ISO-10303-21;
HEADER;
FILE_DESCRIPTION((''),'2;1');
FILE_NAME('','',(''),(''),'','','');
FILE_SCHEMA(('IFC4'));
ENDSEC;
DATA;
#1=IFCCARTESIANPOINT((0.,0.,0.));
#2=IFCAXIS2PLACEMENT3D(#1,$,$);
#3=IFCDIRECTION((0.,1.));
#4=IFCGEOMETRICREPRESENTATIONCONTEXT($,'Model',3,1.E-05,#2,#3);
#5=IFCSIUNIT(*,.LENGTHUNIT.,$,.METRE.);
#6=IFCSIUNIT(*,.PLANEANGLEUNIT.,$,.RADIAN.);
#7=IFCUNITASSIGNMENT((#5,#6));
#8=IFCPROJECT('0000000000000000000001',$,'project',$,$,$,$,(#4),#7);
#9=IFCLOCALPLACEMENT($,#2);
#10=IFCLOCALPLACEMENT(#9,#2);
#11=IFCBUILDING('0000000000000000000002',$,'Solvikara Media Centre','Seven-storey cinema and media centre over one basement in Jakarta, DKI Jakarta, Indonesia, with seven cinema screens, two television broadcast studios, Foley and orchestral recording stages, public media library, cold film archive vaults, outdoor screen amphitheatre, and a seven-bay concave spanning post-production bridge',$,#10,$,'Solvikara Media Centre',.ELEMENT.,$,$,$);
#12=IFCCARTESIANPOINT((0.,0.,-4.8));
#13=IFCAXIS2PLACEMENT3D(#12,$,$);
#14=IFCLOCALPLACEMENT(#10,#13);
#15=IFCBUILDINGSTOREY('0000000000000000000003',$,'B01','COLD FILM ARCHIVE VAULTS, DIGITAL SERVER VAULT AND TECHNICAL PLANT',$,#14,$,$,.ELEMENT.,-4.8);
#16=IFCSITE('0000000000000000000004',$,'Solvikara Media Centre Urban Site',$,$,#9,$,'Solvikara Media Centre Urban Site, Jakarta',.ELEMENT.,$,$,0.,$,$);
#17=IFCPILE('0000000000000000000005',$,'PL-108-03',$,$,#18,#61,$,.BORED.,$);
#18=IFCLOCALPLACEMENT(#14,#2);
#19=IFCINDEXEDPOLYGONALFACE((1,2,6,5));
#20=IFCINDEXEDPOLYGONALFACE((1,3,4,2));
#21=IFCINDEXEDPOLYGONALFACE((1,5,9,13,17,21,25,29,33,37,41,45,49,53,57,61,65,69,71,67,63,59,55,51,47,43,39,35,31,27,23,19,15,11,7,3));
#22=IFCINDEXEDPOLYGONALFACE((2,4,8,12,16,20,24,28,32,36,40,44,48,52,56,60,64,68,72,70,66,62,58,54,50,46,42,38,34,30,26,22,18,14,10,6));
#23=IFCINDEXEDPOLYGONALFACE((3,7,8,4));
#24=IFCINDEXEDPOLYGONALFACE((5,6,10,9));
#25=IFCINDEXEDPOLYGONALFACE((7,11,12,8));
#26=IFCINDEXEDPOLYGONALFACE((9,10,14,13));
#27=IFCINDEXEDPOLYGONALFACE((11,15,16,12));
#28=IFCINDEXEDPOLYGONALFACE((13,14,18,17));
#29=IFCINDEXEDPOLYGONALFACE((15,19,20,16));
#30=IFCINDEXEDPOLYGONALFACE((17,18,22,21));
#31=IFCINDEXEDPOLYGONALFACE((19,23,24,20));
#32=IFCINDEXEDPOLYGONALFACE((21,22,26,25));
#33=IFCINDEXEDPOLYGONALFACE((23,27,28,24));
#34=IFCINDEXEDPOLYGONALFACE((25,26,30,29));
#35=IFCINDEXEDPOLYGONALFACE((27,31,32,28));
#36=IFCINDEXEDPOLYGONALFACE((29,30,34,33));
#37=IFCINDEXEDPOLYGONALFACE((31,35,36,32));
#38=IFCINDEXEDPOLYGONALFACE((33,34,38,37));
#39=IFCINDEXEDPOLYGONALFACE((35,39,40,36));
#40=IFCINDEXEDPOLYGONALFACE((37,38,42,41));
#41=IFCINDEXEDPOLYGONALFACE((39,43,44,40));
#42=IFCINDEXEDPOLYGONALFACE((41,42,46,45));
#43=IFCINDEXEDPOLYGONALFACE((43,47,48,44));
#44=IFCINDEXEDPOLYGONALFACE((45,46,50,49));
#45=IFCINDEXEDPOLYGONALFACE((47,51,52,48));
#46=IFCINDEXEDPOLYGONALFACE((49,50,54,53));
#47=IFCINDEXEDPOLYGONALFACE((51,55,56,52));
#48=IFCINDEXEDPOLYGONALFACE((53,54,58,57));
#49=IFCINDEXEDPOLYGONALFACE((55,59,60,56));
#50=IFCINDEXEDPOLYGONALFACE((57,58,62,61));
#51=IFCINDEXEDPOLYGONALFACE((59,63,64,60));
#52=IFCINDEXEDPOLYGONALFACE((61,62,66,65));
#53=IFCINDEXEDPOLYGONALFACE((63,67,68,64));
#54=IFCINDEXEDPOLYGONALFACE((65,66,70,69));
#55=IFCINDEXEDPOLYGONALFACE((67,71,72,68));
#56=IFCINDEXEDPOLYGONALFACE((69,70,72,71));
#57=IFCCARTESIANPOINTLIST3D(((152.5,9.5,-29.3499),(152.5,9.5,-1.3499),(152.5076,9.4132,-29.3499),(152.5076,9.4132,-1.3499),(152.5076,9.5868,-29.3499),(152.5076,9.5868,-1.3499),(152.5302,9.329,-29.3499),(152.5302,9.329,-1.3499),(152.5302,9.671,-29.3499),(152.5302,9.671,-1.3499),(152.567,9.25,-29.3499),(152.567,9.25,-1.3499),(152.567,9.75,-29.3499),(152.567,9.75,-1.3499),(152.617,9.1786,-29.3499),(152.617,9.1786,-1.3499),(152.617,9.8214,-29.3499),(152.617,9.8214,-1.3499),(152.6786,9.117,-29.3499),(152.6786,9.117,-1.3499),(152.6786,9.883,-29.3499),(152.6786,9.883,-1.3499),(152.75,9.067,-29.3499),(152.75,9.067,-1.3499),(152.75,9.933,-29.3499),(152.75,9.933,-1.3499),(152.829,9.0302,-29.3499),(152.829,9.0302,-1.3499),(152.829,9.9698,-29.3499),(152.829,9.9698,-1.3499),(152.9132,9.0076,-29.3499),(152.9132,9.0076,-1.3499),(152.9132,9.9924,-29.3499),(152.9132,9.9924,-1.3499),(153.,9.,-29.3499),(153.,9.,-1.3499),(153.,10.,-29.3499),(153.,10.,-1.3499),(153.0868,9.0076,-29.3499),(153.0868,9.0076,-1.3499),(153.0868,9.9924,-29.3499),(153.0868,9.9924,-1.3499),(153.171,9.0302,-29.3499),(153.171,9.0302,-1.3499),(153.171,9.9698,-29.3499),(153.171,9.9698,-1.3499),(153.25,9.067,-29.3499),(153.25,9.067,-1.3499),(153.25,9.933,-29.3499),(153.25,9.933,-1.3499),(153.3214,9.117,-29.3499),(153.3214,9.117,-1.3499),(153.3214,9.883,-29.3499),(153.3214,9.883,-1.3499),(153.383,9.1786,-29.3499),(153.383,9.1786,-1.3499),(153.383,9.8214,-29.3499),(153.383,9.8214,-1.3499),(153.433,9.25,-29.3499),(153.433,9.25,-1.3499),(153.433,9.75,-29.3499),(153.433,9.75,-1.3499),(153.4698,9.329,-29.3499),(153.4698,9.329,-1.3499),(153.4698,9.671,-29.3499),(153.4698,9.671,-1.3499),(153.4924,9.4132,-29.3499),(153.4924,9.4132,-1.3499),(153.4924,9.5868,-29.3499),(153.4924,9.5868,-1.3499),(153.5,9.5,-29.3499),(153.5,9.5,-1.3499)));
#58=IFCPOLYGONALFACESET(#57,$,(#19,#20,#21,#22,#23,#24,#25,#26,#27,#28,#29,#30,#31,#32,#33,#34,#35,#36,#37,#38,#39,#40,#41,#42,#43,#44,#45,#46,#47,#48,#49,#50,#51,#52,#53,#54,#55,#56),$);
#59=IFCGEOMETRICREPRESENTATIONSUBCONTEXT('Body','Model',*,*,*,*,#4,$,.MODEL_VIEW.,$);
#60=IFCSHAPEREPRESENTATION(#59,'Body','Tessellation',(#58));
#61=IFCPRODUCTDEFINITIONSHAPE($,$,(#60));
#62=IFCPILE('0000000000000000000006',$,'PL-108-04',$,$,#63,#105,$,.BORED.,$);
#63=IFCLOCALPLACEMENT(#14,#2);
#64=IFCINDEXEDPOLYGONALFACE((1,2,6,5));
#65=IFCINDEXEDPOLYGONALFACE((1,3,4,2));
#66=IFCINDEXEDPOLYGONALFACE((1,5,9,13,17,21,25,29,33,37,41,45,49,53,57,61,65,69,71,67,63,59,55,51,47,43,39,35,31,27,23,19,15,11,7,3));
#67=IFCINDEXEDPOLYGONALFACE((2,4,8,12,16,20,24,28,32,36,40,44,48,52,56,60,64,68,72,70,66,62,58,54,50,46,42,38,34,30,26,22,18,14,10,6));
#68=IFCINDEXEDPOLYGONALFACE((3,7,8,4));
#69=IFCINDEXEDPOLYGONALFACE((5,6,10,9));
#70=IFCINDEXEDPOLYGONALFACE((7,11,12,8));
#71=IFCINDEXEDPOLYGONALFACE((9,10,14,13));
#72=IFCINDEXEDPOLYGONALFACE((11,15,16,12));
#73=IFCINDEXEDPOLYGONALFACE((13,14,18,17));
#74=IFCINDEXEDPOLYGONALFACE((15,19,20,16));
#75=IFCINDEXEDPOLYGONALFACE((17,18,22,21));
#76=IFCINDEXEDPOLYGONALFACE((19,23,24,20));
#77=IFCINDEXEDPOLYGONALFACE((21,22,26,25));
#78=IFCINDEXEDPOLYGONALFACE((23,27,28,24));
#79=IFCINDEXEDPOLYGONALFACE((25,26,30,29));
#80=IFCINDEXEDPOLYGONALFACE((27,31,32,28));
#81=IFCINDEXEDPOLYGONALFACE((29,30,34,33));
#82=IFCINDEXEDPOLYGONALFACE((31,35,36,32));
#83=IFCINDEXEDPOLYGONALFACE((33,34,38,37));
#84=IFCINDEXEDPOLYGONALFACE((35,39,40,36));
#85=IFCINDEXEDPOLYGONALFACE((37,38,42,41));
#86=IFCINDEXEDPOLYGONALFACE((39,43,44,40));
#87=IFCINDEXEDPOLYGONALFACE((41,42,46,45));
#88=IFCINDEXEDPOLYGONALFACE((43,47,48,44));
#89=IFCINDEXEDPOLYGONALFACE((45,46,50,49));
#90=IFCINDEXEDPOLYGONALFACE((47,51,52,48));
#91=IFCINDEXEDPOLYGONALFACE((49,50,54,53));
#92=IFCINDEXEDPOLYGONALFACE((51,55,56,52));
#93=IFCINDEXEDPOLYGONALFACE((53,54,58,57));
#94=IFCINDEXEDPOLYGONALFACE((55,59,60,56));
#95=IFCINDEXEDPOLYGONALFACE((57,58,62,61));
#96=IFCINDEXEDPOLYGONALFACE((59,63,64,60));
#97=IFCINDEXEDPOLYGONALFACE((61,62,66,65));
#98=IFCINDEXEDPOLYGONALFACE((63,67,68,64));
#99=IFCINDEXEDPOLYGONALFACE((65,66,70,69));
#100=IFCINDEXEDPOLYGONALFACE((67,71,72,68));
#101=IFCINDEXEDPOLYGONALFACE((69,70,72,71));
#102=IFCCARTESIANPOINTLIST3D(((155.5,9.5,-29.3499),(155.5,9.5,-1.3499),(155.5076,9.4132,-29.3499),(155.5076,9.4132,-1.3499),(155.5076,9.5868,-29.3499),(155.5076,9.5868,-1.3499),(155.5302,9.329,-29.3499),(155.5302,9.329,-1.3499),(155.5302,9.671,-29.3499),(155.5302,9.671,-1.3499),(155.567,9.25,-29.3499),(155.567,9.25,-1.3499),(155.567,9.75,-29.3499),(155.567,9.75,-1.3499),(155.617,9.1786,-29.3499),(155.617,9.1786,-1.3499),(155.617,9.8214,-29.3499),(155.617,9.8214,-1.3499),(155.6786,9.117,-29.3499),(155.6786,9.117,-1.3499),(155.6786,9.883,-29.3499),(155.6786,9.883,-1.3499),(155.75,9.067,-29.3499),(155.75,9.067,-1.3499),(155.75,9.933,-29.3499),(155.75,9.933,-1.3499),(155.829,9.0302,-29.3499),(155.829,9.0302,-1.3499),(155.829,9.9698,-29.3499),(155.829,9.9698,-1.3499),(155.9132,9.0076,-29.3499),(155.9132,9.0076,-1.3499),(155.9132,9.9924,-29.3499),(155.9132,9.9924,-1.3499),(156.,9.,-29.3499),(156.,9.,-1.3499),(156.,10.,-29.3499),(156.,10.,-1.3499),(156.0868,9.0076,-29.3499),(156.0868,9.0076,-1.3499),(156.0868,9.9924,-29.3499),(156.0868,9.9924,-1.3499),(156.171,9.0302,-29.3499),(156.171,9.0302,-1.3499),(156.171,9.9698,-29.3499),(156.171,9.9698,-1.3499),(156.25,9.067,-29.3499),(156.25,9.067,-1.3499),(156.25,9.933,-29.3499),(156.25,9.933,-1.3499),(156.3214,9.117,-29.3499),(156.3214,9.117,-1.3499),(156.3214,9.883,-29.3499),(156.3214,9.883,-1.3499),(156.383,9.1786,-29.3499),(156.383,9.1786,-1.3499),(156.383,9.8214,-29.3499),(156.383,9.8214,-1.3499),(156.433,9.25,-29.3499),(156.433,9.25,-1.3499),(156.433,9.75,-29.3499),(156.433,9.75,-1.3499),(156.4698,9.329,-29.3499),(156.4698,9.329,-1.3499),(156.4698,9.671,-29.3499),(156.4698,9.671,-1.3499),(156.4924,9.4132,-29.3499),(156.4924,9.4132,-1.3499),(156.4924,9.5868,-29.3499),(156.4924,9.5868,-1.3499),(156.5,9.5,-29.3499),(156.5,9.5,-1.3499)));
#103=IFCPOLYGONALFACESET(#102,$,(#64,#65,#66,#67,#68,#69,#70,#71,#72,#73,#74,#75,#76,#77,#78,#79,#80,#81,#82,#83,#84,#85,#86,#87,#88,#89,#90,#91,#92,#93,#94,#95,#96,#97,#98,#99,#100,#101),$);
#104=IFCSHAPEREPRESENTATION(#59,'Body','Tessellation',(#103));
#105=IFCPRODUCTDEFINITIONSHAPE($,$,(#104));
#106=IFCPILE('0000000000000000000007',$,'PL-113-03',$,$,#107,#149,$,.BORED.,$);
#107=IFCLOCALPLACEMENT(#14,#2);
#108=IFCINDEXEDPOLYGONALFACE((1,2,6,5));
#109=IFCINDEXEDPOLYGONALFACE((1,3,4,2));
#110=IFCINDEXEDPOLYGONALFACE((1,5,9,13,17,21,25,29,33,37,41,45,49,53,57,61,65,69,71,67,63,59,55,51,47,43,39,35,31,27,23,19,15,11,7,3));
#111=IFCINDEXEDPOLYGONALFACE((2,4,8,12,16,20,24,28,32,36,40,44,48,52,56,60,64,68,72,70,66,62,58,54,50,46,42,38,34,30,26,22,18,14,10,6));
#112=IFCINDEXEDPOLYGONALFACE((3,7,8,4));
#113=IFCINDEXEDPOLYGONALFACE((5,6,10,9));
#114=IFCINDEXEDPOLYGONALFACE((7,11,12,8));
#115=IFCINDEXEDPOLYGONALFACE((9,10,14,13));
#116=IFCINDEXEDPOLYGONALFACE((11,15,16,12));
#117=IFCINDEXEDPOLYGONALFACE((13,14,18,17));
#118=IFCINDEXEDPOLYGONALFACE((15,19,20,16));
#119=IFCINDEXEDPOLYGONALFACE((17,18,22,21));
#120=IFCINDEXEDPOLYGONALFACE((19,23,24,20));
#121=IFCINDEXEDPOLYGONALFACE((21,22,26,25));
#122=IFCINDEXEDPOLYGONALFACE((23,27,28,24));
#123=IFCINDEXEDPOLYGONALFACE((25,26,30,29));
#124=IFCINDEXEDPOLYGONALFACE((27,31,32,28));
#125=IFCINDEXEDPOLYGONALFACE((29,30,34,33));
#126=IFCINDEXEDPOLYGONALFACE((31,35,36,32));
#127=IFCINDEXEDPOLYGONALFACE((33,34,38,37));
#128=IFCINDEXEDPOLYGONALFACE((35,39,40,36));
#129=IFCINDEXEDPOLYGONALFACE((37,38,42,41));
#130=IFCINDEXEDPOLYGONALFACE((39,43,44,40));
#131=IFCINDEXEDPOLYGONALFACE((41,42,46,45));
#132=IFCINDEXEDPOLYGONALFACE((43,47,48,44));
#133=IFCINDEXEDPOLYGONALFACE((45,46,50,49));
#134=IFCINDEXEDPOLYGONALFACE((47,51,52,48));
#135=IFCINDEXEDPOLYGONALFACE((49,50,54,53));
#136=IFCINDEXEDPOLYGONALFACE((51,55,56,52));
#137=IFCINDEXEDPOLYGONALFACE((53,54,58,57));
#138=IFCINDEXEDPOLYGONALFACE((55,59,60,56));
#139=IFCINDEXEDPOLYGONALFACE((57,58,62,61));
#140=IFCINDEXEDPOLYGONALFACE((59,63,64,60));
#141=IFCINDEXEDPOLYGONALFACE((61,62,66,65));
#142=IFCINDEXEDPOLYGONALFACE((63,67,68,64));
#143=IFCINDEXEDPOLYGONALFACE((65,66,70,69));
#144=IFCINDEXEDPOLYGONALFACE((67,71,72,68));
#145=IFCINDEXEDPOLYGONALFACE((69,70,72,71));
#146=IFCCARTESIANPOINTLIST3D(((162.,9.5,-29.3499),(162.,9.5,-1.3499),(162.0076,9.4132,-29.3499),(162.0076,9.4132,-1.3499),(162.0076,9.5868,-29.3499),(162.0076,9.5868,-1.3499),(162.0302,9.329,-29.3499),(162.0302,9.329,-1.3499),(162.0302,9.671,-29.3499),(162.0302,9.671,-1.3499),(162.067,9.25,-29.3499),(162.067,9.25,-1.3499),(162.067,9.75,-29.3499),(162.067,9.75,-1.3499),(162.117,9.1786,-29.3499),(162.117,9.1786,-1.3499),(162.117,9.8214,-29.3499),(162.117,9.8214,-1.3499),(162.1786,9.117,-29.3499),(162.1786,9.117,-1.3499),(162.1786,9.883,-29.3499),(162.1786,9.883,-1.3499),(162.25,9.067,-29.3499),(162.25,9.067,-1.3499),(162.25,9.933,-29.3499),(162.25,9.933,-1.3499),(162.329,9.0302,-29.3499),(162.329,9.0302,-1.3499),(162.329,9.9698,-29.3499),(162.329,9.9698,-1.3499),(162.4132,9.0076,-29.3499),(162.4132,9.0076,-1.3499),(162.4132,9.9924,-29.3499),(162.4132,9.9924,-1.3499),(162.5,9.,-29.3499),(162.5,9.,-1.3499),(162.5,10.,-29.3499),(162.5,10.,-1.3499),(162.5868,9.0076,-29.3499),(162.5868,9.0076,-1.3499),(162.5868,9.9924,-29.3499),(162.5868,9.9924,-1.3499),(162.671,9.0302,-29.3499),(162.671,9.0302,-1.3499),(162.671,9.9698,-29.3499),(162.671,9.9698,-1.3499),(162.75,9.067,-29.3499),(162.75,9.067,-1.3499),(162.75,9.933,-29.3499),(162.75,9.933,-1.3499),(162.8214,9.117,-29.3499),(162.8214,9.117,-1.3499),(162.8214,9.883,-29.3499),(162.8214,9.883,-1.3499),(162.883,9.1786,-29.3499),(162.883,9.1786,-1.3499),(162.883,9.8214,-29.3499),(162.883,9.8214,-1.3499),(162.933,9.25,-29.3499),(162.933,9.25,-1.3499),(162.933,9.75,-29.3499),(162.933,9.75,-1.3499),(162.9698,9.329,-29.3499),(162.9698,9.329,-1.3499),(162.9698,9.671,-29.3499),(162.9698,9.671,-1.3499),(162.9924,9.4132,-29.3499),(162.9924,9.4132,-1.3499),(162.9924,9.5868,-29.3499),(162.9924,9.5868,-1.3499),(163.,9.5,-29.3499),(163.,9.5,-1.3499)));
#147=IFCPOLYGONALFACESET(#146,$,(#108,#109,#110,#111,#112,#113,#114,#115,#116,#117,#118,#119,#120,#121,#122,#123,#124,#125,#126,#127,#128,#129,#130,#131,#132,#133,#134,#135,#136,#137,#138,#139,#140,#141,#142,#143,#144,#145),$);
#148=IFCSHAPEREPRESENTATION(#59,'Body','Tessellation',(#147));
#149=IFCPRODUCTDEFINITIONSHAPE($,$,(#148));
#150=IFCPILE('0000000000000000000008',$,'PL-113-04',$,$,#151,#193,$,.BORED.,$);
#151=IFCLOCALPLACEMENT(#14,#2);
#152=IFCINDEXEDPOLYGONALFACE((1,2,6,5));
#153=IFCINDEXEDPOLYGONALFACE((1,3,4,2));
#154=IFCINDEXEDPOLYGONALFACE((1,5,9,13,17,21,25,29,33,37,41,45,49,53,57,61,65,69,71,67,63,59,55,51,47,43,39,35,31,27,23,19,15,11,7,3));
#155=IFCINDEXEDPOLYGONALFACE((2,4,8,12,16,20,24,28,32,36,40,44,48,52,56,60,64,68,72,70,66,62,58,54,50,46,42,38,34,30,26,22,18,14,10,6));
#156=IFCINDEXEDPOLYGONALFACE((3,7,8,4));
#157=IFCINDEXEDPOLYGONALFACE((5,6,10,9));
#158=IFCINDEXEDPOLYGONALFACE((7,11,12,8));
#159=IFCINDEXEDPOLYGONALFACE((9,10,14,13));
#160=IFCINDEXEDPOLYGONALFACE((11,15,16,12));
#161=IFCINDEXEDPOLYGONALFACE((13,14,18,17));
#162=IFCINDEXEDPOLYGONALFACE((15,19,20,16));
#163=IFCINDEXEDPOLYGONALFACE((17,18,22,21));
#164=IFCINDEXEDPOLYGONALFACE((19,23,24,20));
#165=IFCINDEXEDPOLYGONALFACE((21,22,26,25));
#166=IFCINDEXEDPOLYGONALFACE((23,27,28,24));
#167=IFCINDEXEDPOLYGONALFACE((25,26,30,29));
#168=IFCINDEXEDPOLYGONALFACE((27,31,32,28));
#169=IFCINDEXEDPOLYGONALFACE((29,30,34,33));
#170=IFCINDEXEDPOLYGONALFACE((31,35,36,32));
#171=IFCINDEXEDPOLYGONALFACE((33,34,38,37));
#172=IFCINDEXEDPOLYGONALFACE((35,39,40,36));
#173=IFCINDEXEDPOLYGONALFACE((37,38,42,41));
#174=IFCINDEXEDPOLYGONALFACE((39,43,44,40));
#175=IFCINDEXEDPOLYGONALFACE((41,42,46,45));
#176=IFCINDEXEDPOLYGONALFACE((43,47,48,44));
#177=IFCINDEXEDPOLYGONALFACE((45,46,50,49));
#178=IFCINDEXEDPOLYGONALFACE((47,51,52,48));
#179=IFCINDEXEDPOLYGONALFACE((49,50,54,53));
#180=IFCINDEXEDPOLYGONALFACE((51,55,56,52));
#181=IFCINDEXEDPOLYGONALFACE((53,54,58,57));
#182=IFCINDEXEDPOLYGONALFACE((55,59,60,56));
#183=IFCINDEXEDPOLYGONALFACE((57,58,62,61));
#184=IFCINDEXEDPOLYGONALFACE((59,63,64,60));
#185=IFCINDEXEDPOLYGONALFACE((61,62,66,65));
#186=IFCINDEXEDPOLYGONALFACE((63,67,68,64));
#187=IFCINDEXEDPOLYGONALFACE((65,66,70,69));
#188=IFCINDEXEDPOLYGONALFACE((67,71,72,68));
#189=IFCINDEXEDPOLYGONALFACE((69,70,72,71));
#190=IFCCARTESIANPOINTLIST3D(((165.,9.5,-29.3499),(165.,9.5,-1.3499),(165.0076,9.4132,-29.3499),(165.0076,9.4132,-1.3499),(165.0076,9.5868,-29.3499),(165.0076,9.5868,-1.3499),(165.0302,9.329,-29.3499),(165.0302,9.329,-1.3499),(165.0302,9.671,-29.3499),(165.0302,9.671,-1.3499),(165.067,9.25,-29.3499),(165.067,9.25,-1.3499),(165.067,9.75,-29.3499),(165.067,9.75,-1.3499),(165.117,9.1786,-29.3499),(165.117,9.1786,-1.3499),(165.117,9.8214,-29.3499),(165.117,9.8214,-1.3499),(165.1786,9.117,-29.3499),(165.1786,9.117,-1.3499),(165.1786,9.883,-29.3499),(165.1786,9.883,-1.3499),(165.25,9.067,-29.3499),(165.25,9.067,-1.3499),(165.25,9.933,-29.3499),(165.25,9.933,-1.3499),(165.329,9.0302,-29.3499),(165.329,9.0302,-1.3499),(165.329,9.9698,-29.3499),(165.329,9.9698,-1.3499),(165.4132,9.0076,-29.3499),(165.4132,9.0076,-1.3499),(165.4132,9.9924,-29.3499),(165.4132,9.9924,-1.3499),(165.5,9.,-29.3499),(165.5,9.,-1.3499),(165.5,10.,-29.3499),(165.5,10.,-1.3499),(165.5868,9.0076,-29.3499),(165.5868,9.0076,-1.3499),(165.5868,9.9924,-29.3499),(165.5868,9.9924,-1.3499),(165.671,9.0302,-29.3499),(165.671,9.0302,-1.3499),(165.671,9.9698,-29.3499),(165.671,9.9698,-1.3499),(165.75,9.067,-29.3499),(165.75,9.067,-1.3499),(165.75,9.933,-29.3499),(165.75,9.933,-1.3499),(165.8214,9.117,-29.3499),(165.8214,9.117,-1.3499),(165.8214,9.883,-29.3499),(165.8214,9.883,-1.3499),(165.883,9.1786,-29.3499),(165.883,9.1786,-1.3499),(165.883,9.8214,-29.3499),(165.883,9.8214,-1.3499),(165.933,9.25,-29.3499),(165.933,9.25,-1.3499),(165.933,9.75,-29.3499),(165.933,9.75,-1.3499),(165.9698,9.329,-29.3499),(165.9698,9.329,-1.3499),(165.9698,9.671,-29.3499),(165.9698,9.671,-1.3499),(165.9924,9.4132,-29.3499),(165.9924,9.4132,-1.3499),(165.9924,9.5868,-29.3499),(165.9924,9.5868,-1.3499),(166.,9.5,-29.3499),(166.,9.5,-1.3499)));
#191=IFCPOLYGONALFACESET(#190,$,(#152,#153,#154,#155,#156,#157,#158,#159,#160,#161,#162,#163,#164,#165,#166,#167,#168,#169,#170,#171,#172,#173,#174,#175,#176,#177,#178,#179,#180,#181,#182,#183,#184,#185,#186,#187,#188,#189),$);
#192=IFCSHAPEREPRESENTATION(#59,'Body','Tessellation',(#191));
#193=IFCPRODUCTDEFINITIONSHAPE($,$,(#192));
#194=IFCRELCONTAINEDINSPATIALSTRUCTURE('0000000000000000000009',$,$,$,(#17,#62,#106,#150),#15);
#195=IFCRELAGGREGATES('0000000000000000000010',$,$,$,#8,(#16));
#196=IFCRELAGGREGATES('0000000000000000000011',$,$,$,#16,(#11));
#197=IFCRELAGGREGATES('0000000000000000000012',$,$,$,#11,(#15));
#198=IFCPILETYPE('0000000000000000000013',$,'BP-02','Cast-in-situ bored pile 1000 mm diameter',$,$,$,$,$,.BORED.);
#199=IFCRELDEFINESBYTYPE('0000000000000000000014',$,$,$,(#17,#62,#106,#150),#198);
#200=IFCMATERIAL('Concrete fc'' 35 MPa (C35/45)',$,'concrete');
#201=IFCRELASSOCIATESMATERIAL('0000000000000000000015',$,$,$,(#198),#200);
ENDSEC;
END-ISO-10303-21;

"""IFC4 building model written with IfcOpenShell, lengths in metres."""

from ifc_helpers import new_model, si_unit, direction, frame, origin, origin_2d, place, context, subcontext, project, spatial, circle, extrude, material, material_profile, profile_set, type_object, element, save


model = new_model("IFC4")

# Units and contexts
model_context = context("Model", 3, precision=1e-05, world=origin(), true_north=direction((0.0, 1.0)))
body_context = subcontext(model_context, "Body", "Model", "MODEL_VIEW")
ifc_project = project(units=[si_unit("LENGTHUNIT", "METRE"), si_unit("PLANEANGLEUNIT", "RADIAN")], contexts=[model_context])

# Site, building, storey
site_placement = place(None, origin())
site = spatial("IfcSite", under=ifc_project, at=site_placement, Name="Solvikara Media Centre Urban Site", LongName="Solvikara Media Centre Urban Site, Jakarta", CompositionType="ELEMENT", RefElevation=0.0)
building_placement = place(site_placement, origin())
building = spatial("IfcBuilding", under=site, at=building_placement, Name="Solvikara Media Centre", Description="Seven-storey cinema and media centre over one basement in Jakarta, DKI Jakarta, Indonesia, with seven cinema screens, two television broadcast studios, Foley and orchestral recording stages, public media library, cold film archive vaults, outdoor screen amphitheatre, and a seven-bay concave spanning post-production bridge", LongName="Solvikara Media Centre", CompositionType="ELEMENT")
storey_placement = place(building_placement, frame((0.0, 0.0, -4.8)))
storey = spatial("IfcBuildingStorey", under=building, at=storey_placement, Name="B01", Description="COLD FILM ARCHIVE VAULTS, DIGITAL SERVER VAULT AND TECHNICAL PLANT", CompositionType="ELEMENT", Elevation=-4.8)

# Piles
ifc_material_1 = material(Name="Concrete fc' 35 MPa (C35/45)", Category="concrete")
ifc_material_profile_1 = material_profile(ifc_material_1, circle(Radius=0.5, at=origin_2d()), Name="BORED PILE D1000")
ifc_profile_set_1 = profile_set([ifc_material_profile_1], Name="Concrete fc' 35 MPa (C35/45)")
pile_type_1 = type_object("IfcPileType", Name="BP-02", Description="Cast-in-situ bored pile 1000 mm diameter", PredefinedType="BORED", material=ifc_profile_set_1)
for number, where, z_axis, x_axis, name in (
    (1, (153.0, 9.5, -1.3499), (0.0, 0.0, -1.0), (1.0, 0.0, 0.0), "PL-108-03"),
    (2, (156.0, 9.5, -1.3499), (0.0, 0.0, -1.0), (1.0, 0.0, 0.0), "PL-108-04"),
    (3, (162.5, 9.5, -1.3499), (0.0, 0.0, -1.0), (1.0, 0.0, 0.0), "PL-113-03"),
    (4, (165.5, 9.5, -1.3499), (0.0, 0.0, -1.0), (1.0, 0.0, 0.0), "PL-113-04"),
):
    element("IfcPile", number, at=place(storey_placement, frame(where, z_axis=z_axis, x_axis=x_axis)), inside=storey, type_object=pile_type_1, Name=name, PredefinedType="BORED", context=body_context, shape_type="SweptSolid", body=[
        extrude(circle(Radius=0.5, at=origin_2d()), origin(), (0.0, 0.0, 1.0), 28.0),
    ])

save(model, "model.ifc")
